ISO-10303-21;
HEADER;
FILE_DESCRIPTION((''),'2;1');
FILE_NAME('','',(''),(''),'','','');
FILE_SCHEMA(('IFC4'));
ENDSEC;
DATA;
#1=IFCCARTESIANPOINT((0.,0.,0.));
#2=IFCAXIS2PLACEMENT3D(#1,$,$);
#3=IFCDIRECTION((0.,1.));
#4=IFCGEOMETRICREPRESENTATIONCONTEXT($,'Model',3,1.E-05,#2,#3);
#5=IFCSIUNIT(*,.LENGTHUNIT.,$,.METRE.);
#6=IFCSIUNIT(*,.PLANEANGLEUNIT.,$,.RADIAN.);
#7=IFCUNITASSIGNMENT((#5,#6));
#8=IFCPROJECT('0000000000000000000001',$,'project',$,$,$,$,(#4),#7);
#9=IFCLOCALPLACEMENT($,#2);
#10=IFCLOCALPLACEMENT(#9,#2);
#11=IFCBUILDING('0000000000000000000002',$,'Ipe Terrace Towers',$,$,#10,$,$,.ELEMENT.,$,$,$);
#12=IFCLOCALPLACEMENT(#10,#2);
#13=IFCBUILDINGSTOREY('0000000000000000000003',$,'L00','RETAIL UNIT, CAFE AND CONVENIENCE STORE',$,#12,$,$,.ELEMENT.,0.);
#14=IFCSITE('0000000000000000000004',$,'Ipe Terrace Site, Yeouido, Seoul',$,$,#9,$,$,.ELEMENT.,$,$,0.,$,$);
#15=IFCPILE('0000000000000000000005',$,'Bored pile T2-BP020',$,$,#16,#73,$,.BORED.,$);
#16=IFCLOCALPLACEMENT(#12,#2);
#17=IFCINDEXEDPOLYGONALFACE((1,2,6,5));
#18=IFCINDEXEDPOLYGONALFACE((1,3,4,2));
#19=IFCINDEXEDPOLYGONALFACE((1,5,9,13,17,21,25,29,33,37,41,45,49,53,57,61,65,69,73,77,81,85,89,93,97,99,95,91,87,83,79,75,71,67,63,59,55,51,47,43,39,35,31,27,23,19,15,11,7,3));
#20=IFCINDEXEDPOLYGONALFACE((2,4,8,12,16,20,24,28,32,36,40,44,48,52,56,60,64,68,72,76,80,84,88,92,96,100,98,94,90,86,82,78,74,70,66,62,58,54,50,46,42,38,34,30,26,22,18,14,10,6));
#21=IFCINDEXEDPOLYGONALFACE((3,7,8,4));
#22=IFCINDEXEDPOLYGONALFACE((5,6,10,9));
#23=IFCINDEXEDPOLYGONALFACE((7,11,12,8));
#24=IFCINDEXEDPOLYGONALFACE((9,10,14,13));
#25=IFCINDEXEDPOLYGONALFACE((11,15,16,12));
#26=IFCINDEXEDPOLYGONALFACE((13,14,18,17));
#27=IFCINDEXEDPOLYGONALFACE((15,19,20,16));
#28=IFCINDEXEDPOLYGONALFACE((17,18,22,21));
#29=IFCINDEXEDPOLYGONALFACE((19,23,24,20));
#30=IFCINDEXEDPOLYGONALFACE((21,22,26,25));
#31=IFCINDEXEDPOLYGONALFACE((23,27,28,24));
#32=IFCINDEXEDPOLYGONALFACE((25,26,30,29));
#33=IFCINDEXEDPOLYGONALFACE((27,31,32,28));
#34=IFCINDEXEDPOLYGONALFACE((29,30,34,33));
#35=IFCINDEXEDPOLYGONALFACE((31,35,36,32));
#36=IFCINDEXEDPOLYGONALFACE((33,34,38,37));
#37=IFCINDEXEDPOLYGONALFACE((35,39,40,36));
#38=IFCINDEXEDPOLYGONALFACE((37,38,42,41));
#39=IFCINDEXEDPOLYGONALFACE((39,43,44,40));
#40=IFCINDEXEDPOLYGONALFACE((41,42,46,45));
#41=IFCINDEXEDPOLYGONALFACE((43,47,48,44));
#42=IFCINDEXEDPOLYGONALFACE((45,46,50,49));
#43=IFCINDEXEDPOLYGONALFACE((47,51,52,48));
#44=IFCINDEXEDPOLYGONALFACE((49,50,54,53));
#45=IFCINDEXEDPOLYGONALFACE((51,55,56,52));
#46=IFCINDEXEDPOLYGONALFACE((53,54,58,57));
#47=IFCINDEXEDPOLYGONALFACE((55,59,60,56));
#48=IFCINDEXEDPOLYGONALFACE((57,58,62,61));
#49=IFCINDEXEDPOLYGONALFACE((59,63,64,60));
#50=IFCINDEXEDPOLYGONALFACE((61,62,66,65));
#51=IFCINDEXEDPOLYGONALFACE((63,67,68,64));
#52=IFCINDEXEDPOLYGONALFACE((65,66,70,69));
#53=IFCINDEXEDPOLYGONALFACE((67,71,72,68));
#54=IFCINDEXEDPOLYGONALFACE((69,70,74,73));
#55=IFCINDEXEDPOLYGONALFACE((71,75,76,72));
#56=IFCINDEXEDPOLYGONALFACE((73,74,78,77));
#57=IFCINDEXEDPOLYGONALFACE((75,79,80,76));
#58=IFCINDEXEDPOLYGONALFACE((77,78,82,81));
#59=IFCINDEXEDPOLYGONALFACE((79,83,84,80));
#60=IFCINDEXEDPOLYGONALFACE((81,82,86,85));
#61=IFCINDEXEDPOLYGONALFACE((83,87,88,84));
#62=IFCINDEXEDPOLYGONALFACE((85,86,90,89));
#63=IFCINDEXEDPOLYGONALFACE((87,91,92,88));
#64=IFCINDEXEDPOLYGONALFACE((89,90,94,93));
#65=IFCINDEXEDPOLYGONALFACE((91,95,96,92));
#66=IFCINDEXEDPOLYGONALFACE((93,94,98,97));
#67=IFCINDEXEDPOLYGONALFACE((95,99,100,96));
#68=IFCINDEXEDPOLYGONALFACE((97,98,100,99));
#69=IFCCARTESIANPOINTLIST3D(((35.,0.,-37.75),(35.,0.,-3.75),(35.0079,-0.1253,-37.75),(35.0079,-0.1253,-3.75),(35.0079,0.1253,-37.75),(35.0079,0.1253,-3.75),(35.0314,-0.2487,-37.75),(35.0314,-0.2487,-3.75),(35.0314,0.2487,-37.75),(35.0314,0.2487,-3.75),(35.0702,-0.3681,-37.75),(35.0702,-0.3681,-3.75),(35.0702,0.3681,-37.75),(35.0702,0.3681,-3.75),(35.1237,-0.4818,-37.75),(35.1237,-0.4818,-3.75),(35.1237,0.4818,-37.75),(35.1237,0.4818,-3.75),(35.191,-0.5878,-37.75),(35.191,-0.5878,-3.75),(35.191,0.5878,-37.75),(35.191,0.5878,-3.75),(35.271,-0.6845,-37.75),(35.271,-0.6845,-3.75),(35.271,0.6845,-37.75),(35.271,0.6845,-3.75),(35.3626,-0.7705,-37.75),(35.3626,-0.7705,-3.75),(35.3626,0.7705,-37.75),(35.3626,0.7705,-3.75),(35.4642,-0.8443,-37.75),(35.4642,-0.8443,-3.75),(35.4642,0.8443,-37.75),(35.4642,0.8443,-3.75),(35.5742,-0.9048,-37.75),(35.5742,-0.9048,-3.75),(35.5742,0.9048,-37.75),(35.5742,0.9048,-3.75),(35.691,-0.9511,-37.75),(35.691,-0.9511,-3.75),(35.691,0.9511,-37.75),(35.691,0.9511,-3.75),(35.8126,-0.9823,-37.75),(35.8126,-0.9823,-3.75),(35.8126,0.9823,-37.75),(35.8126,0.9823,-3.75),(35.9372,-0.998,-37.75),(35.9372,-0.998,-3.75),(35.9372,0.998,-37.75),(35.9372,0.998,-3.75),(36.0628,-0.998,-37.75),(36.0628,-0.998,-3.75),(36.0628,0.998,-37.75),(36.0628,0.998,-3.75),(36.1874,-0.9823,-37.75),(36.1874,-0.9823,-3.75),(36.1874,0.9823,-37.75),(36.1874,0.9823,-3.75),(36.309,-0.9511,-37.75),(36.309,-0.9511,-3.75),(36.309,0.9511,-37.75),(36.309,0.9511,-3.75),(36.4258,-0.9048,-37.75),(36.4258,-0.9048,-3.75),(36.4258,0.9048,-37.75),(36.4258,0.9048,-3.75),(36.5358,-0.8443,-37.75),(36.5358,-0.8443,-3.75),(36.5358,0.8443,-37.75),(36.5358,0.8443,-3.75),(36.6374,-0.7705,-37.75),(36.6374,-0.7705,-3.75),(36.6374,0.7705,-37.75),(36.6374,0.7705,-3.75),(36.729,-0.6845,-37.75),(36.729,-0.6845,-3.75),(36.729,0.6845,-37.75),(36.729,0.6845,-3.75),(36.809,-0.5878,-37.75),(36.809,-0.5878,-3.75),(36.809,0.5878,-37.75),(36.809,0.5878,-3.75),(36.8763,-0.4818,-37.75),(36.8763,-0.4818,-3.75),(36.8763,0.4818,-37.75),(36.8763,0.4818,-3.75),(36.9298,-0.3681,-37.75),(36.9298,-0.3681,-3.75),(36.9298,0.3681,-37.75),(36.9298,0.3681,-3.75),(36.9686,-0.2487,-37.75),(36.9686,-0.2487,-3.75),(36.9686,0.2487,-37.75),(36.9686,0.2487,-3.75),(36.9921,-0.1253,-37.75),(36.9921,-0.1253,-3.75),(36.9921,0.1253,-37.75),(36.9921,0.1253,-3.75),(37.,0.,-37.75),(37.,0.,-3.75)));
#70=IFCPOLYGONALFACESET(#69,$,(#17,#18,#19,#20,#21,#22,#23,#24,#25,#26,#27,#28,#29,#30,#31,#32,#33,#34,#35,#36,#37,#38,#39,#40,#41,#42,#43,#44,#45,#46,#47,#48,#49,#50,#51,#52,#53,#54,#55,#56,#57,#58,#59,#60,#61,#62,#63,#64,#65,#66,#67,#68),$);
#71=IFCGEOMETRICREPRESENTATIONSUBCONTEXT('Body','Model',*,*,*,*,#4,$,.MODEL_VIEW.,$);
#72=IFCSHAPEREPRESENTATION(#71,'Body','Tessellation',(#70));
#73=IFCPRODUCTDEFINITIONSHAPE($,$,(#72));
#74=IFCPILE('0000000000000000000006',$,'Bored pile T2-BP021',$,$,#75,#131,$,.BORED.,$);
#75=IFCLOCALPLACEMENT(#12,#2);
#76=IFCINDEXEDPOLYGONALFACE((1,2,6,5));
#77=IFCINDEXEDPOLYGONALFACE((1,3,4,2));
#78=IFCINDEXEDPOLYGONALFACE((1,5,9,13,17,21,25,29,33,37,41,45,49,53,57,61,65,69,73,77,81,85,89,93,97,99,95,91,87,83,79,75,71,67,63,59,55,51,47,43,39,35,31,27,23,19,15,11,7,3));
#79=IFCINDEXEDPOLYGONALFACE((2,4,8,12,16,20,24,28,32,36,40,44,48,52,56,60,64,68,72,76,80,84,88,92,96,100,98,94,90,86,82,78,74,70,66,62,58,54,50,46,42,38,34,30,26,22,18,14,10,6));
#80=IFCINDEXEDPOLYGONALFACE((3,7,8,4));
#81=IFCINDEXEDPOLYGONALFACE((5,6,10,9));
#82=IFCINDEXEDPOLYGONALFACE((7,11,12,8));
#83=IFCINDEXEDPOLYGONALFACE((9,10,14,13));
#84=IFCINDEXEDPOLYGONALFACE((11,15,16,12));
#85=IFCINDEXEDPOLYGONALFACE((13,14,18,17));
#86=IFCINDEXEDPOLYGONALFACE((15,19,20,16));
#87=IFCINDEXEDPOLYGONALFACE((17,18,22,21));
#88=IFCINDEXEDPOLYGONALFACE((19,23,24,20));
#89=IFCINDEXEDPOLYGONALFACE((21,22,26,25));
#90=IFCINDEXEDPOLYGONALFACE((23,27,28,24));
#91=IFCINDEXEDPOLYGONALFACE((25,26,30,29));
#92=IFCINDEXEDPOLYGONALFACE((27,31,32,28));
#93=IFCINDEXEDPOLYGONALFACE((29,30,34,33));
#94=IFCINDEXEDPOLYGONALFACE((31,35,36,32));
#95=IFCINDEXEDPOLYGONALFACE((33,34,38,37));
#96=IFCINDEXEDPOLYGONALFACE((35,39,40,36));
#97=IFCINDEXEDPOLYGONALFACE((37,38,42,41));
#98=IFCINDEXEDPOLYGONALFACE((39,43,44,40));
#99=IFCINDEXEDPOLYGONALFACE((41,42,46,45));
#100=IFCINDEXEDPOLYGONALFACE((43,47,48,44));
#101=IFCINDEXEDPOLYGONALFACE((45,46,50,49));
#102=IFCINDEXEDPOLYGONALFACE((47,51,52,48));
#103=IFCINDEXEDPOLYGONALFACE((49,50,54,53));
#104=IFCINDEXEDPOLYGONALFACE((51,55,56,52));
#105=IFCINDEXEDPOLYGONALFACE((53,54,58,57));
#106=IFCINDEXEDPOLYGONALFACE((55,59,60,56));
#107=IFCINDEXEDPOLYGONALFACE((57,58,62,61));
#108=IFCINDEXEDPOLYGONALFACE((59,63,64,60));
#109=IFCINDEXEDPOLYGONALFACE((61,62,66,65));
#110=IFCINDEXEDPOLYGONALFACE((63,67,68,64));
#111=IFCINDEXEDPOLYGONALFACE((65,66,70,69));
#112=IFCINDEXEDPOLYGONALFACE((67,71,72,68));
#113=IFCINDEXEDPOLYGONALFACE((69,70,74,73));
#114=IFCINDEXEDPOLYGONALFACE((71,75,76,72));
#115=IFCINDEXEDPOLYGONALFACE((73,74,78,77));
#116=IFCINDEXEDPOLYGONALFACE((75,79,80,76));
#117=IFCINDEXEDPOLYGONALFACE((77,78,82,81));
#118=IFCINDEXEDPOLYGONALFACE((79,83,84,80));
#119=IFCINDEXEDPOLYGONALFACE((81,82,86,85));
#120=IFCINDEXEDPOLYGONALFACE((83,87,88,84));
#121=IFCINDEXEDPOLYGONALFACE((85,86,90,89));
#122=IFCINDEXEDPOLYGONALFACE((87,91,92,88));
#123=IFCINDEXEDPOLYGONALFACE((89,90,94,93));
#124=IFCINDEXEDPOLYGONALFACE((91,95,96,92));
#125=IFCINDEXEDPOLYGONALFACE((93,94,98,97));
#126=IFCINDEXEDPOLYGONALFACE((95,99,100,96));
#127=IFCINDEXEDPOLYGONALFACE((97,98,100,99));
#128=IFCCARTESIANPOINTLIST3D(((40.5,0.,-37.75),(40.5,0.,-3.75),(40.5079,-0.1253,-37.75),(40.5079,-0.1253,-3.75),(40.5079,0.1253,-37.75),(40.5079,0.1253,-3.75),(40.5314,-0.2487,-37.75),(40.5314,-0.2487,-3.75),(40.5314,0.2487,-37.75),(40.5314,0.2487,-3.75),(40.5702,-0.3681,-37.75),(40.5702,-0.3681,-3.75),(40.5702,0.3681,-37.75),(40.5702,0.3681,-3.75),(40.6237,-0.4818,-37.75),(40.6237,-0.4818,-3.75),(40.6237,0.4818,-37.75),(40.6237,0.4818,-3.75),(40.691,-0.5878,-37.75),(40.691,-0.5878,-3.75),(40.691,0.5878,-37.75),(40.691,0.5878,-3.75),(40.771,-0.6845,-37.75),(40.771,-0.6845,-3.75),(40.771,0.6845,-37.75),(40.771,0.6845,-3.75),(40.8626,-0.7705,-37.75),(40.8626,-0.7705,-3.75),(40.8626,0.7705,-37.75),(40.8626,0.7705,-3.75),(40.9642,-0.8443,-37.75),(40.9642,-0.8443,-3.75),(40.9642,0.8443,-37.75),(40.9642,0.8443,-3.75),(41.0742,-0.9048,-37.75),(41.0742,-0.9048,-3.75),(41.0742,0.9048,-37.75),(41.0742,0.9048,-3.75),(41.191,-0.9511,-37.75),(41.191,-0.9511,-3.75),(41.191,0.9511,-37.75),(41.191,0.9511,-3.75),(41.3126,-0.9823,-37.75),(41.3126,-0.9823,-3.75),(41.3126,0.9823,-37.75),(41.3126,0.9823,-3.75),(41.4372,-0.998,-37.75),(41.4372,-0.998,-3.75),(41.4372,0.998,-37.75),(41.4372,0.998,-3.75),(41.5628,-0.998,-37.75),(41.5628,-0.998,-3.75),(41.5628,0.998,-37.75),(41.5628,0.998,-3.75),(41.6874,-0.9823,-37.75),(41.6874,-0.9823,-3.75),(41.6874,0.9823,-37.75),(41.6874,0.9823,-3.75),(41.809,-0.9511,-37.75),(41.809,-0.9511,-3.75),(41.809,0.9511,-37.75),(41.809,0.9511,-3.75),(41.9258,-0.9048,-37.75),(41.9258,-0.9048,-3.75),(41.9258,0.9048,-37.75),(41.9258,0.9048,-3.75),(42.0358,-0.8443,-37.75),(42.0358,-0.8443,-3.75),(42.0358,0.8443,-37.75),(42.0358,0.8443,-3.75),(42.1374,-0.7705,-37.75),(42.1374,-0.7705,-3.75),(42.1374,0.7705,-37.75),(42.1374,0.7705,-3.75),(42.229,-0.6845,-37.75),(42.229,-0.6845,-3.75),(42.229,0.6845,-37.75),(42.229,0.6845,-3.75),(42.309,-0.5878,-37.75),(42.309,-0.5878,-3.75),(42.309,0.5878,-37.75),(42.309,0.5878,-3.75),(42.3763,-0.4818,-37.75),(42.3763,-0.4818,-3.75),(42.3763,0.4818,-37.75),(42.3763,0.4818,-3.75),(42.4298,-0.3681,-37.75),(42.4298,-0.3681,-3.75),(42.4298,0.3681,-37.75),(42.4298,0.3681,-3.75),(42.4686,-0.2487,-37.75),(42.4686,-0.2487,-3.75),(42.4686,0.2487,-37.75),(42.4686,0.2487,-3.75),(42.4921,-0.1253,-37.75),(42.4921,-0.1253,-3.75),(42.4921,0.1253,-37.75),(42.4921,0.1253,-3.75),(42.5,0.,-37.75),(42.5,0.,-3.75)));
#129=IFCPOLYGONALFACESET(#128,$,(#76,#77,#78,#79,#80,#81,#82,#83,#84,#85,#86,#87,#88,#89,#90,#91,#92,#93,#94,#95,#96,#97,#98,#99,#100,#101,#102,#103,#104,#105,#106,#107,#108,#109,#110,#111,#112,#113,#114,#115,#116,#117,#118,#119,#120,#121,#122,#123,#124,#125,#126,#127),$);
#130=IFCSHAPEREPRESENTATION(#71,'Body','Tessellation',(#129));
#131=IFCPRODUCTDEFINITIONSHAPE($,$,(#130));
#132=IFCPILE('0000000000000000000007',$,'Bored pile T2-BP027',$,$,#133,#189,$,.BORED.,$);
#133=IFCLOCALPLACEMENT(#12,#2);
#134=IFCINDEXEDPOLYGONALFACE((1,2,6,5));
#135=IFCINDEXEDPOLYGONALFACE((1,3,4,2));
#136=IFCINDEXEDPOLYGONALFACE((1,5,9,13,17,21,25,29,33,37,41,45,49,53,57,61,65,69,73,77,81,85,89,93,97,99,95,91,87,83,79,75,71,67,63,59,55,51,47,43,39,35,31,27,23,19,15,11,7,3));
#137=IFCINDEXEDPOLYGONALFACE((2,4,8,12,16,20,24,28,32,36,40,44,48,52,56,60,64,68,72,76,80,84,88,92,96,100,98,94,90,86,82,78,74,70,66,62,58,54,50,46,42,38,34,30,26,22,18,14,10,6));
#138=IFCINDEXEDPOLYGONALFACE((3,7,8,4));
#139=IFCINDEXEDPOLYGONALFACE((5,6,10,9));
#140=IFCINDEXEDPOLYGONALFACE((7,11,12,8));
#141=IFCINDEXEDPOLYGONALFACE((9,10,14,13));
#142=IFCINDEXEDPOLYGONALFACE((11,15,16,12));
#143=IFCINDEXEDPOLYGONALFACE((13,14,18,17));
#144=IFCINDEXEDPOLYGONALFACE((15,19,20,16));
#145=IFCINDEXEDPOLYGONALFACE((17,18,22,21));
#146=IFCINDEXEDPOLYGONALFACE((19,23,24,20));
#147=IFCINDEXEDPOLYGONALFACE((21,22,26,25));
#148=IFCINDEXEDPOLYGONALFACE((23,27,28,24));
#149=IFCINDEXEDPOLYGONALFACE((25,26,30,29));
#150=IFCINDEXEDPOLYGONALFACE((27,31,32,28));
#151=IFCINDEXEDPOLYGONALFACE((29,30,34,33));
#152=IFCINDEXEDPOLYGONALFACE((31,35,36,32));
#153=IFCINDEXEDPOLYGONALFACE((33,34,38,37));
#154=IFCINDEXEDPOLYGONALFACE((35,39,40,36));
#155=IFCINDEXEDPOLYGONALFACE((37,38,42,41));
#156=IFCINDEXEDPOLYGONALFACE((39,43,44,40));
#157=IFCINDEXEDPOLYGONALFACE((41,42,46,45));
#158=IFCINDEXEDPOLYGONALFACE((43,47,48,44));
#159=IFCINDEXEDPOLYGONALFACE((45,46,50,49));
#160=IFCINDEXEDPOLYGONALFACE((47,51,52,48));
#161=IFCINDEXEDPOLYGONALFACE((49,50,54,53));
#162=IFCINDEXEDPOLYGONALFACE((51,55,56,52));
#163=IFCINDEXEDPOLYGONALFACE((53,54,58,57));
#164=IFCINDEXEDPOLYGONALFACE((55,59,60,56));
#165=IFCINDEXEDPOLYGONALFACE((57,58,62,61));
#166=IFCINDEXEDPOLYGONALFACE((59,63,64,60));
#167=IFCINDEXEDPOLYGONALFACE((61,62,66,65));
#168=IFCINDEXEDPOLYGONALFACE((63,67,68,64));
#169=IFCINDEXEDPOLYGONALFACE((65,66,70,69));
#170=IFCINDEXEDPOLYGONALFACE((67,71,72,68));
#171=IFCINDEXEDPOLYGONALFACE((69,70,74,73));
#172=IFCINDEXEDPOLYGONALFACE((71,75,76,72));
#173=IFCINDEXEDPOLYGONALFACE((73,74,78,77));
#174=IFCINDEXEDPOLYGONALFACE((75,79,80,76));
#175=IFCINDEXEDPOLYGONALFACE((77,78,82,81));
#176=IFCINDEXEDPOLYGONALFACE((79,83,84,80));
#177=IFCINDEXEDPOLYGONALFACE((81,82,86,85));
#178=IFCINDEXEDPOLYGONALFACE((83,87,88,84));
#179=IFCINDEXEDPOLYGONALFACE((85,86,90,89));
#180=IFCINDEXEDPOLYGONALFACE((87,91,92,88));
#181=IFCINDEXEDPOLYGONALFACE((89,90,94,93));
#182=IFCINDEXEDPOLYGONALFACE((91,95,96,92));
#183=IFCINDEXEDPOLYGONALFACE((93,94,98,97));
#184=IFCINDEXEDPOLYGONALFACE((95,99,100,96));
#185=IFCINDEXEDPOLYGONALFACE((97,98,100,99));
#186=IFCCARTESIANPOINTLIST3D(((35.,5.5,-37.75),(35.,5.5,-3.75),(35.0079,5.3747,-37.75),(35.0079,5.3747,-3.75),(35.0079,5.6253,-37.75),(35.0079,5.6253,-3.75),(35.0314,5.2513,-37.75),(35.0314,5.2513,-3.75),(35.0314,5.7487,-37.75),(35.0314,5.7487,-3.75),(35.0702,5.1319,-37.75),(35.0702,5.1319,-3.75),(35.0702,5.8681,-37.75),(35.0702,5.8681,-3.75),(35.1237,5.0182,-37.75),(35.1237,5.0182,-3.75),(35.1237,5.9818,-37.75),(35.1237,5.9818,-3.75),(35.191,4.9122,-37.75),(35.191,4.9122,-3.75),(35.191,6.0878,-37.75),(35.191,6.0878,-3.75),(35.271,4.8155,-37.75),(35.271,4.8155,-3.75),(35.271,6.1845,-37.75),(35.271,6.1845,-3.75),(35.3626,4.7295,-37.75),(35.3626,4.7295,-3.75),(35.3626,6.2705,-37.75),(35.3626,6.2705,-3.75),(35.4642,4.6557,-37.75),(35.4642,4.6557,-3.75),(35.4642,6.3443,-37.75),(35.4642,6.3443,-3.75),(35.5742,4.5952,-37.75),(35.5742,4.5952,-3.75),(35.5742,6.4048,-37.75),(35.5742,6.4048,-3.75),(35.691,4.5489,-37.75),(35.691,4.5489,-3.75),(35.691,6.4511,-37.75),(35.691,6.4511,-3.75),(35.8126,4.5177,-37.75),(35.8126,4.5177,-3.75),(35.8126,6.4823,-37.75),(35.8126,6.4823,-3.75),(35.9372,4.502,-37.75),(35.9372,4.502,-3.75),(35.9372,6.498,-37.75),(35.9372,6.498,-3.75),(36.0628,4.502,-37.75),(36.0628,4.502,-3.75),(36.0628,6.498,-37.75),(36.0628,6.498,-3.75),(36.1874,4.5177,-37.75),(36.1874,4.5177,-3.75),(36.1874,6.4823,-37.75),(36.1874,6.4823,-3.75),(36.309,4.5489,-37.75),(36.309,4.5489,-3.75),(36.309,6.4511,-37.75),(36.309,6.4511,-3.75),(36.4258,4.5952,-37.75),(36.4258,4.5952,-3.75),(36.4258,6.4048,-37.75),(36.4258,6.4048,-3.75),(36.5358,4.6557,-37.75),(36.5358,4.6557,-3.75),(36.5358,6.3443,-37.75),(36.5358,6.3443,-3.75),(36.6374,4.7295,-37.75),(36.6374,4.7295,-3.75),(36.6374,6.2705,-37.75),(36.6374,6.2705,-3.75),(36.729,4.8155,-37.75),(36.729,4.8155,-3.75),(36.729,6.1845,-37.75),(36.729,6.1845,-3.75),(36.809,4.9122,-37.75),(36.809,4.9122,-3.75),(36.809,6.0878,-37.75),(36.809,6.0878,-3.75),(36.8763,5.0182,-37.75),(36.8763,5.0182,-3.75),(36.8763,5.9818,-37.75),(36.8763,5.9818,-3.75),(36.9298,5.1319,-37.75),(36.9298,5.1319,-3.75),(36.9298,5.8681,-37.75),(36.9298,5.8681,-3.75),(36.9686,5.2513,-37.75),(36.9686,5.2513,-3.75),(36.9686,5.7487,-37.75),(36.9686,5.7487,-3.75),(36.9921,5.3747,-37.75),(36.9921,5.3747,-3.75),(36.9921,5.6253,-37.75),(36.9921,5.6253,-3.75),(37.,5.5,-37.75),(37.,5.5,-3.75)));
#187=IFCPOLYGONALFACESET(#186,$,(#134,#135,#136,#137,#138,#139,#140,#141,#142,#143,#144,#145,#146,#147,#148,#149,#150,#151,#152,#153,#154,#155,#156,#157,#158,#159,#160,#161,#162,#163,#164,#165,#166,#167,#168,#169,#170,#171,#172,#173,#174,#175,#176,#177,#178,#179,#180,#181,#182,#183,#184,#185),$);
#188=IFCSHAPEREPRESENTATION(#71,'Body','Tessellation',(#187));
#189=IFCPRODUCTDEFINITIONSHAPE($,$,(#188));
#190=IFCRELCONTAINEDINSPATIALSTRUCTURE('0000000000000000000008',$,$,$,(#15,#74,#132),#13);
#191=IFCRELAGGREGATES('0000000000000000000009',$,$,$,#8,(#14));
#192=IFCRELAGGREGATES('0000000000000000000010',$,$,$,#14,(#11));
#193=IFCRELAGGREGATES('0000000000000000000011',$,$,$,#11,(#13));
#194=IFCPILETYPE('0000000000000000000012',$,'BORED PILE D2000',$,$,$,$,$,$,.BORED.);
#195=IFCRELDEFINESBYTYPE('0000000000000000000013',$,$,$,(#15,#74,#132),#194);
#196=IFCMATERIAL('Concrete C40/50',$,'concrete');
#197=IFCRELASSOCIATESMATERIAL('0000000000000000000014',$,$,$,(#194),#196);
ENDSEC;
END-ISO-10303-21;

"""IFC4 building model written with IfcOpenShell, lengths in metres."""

from ifc_helpers import new_model, si_unit, direction, frame, origin, origin_2d, place, context, subcontext, project, spatial, circle, extrude, material, material_profile, profile_set, type_object, element, save


model = new_model("IFC4")

# Units and contexts
model_context = context("Model", 3, precision=1e-05, world=origin(), true_north=direction((0.0, 1.0)))
body_context = subcontext(model_context, "Body", "Model", "MODEL_VIEW")
ifc_project = project(units=[si_unit("LENGTHUNIT", "METRE"), si_unit("PLANEANGLEUNIT", "RADIAN")], contexts=[model_context])

# Site, building, storey
site_placement = place(None, origin())
site = spatial("IfcSite", under=ifc_project, at=site_placement, Name="Ipe Terrace Site, Yeouido, Seoul", CompositionType="ELEMENT", RefElevation=0.0)
building_placement = place(site_placement, origin())
building = spatial("IfcBuilding", under=site, at=building_placement, Name="Ipe Terrace Towers", CompositionType="ELEMENT")
storey_placement = place(building_placement, origin())
storey = spatial("IfcBuildingStorey", under=building, at=storey_placement, Name="L00", Description="RETAIL UNIT, CAFE AND CONVENIENCE STORE", CompositionType="ELEMENT", Elevation=0.0)

# Piles
ifc_material_1 = material(Name="Concrete C40/50", Category="concrete")
ifc_material_profile = material_profile(ifc_material_1, circle(Radius=1.0, at=origin_2d()), Name="BORED PILE D2000")
ifc_profile_set = profile_set([ifc_material_profile], Name="Concrete C40/50")
pile_type = type_object("IfcPileType", Name="BORED PILE D2000", PredefinedType="BORED", material=ifc_profile_set)
for number, where, z_axis, x_axis, name in (
    (1, (36.0, 0.0, -3.75), (0.0, 0.0, -1.0), (1.0, 0.0, 0.0), "Bored pile T2-BP020"),
    (2, (41.5, 0.0, -3.75), (0.0, 0.0, -1.0), (1.0, 0.0, 0.0), "Bored pile T2-BP021"),
    (3, (36.0, 5.5, -3.75), (0.0, 0.0, -1.0), (1.0, 0.0, 0.0), "Bored pile T2-BP027"),
):
    element("IfcPile", number, at=place(storey_placement, frame(where, z_axis=z_axis, x_axis=x_axis)), inside=storey, type_object=pile_type, Name=name, PredefinedType="BORED", context=body_context, shape_type="SweptSolid", body=[
        extrude(circle(Radius=1.0, at=origin_2d()), origin(), (0.0, 0.0, 1.0), 34.0),
    ])

save(model, "model.ifc")
